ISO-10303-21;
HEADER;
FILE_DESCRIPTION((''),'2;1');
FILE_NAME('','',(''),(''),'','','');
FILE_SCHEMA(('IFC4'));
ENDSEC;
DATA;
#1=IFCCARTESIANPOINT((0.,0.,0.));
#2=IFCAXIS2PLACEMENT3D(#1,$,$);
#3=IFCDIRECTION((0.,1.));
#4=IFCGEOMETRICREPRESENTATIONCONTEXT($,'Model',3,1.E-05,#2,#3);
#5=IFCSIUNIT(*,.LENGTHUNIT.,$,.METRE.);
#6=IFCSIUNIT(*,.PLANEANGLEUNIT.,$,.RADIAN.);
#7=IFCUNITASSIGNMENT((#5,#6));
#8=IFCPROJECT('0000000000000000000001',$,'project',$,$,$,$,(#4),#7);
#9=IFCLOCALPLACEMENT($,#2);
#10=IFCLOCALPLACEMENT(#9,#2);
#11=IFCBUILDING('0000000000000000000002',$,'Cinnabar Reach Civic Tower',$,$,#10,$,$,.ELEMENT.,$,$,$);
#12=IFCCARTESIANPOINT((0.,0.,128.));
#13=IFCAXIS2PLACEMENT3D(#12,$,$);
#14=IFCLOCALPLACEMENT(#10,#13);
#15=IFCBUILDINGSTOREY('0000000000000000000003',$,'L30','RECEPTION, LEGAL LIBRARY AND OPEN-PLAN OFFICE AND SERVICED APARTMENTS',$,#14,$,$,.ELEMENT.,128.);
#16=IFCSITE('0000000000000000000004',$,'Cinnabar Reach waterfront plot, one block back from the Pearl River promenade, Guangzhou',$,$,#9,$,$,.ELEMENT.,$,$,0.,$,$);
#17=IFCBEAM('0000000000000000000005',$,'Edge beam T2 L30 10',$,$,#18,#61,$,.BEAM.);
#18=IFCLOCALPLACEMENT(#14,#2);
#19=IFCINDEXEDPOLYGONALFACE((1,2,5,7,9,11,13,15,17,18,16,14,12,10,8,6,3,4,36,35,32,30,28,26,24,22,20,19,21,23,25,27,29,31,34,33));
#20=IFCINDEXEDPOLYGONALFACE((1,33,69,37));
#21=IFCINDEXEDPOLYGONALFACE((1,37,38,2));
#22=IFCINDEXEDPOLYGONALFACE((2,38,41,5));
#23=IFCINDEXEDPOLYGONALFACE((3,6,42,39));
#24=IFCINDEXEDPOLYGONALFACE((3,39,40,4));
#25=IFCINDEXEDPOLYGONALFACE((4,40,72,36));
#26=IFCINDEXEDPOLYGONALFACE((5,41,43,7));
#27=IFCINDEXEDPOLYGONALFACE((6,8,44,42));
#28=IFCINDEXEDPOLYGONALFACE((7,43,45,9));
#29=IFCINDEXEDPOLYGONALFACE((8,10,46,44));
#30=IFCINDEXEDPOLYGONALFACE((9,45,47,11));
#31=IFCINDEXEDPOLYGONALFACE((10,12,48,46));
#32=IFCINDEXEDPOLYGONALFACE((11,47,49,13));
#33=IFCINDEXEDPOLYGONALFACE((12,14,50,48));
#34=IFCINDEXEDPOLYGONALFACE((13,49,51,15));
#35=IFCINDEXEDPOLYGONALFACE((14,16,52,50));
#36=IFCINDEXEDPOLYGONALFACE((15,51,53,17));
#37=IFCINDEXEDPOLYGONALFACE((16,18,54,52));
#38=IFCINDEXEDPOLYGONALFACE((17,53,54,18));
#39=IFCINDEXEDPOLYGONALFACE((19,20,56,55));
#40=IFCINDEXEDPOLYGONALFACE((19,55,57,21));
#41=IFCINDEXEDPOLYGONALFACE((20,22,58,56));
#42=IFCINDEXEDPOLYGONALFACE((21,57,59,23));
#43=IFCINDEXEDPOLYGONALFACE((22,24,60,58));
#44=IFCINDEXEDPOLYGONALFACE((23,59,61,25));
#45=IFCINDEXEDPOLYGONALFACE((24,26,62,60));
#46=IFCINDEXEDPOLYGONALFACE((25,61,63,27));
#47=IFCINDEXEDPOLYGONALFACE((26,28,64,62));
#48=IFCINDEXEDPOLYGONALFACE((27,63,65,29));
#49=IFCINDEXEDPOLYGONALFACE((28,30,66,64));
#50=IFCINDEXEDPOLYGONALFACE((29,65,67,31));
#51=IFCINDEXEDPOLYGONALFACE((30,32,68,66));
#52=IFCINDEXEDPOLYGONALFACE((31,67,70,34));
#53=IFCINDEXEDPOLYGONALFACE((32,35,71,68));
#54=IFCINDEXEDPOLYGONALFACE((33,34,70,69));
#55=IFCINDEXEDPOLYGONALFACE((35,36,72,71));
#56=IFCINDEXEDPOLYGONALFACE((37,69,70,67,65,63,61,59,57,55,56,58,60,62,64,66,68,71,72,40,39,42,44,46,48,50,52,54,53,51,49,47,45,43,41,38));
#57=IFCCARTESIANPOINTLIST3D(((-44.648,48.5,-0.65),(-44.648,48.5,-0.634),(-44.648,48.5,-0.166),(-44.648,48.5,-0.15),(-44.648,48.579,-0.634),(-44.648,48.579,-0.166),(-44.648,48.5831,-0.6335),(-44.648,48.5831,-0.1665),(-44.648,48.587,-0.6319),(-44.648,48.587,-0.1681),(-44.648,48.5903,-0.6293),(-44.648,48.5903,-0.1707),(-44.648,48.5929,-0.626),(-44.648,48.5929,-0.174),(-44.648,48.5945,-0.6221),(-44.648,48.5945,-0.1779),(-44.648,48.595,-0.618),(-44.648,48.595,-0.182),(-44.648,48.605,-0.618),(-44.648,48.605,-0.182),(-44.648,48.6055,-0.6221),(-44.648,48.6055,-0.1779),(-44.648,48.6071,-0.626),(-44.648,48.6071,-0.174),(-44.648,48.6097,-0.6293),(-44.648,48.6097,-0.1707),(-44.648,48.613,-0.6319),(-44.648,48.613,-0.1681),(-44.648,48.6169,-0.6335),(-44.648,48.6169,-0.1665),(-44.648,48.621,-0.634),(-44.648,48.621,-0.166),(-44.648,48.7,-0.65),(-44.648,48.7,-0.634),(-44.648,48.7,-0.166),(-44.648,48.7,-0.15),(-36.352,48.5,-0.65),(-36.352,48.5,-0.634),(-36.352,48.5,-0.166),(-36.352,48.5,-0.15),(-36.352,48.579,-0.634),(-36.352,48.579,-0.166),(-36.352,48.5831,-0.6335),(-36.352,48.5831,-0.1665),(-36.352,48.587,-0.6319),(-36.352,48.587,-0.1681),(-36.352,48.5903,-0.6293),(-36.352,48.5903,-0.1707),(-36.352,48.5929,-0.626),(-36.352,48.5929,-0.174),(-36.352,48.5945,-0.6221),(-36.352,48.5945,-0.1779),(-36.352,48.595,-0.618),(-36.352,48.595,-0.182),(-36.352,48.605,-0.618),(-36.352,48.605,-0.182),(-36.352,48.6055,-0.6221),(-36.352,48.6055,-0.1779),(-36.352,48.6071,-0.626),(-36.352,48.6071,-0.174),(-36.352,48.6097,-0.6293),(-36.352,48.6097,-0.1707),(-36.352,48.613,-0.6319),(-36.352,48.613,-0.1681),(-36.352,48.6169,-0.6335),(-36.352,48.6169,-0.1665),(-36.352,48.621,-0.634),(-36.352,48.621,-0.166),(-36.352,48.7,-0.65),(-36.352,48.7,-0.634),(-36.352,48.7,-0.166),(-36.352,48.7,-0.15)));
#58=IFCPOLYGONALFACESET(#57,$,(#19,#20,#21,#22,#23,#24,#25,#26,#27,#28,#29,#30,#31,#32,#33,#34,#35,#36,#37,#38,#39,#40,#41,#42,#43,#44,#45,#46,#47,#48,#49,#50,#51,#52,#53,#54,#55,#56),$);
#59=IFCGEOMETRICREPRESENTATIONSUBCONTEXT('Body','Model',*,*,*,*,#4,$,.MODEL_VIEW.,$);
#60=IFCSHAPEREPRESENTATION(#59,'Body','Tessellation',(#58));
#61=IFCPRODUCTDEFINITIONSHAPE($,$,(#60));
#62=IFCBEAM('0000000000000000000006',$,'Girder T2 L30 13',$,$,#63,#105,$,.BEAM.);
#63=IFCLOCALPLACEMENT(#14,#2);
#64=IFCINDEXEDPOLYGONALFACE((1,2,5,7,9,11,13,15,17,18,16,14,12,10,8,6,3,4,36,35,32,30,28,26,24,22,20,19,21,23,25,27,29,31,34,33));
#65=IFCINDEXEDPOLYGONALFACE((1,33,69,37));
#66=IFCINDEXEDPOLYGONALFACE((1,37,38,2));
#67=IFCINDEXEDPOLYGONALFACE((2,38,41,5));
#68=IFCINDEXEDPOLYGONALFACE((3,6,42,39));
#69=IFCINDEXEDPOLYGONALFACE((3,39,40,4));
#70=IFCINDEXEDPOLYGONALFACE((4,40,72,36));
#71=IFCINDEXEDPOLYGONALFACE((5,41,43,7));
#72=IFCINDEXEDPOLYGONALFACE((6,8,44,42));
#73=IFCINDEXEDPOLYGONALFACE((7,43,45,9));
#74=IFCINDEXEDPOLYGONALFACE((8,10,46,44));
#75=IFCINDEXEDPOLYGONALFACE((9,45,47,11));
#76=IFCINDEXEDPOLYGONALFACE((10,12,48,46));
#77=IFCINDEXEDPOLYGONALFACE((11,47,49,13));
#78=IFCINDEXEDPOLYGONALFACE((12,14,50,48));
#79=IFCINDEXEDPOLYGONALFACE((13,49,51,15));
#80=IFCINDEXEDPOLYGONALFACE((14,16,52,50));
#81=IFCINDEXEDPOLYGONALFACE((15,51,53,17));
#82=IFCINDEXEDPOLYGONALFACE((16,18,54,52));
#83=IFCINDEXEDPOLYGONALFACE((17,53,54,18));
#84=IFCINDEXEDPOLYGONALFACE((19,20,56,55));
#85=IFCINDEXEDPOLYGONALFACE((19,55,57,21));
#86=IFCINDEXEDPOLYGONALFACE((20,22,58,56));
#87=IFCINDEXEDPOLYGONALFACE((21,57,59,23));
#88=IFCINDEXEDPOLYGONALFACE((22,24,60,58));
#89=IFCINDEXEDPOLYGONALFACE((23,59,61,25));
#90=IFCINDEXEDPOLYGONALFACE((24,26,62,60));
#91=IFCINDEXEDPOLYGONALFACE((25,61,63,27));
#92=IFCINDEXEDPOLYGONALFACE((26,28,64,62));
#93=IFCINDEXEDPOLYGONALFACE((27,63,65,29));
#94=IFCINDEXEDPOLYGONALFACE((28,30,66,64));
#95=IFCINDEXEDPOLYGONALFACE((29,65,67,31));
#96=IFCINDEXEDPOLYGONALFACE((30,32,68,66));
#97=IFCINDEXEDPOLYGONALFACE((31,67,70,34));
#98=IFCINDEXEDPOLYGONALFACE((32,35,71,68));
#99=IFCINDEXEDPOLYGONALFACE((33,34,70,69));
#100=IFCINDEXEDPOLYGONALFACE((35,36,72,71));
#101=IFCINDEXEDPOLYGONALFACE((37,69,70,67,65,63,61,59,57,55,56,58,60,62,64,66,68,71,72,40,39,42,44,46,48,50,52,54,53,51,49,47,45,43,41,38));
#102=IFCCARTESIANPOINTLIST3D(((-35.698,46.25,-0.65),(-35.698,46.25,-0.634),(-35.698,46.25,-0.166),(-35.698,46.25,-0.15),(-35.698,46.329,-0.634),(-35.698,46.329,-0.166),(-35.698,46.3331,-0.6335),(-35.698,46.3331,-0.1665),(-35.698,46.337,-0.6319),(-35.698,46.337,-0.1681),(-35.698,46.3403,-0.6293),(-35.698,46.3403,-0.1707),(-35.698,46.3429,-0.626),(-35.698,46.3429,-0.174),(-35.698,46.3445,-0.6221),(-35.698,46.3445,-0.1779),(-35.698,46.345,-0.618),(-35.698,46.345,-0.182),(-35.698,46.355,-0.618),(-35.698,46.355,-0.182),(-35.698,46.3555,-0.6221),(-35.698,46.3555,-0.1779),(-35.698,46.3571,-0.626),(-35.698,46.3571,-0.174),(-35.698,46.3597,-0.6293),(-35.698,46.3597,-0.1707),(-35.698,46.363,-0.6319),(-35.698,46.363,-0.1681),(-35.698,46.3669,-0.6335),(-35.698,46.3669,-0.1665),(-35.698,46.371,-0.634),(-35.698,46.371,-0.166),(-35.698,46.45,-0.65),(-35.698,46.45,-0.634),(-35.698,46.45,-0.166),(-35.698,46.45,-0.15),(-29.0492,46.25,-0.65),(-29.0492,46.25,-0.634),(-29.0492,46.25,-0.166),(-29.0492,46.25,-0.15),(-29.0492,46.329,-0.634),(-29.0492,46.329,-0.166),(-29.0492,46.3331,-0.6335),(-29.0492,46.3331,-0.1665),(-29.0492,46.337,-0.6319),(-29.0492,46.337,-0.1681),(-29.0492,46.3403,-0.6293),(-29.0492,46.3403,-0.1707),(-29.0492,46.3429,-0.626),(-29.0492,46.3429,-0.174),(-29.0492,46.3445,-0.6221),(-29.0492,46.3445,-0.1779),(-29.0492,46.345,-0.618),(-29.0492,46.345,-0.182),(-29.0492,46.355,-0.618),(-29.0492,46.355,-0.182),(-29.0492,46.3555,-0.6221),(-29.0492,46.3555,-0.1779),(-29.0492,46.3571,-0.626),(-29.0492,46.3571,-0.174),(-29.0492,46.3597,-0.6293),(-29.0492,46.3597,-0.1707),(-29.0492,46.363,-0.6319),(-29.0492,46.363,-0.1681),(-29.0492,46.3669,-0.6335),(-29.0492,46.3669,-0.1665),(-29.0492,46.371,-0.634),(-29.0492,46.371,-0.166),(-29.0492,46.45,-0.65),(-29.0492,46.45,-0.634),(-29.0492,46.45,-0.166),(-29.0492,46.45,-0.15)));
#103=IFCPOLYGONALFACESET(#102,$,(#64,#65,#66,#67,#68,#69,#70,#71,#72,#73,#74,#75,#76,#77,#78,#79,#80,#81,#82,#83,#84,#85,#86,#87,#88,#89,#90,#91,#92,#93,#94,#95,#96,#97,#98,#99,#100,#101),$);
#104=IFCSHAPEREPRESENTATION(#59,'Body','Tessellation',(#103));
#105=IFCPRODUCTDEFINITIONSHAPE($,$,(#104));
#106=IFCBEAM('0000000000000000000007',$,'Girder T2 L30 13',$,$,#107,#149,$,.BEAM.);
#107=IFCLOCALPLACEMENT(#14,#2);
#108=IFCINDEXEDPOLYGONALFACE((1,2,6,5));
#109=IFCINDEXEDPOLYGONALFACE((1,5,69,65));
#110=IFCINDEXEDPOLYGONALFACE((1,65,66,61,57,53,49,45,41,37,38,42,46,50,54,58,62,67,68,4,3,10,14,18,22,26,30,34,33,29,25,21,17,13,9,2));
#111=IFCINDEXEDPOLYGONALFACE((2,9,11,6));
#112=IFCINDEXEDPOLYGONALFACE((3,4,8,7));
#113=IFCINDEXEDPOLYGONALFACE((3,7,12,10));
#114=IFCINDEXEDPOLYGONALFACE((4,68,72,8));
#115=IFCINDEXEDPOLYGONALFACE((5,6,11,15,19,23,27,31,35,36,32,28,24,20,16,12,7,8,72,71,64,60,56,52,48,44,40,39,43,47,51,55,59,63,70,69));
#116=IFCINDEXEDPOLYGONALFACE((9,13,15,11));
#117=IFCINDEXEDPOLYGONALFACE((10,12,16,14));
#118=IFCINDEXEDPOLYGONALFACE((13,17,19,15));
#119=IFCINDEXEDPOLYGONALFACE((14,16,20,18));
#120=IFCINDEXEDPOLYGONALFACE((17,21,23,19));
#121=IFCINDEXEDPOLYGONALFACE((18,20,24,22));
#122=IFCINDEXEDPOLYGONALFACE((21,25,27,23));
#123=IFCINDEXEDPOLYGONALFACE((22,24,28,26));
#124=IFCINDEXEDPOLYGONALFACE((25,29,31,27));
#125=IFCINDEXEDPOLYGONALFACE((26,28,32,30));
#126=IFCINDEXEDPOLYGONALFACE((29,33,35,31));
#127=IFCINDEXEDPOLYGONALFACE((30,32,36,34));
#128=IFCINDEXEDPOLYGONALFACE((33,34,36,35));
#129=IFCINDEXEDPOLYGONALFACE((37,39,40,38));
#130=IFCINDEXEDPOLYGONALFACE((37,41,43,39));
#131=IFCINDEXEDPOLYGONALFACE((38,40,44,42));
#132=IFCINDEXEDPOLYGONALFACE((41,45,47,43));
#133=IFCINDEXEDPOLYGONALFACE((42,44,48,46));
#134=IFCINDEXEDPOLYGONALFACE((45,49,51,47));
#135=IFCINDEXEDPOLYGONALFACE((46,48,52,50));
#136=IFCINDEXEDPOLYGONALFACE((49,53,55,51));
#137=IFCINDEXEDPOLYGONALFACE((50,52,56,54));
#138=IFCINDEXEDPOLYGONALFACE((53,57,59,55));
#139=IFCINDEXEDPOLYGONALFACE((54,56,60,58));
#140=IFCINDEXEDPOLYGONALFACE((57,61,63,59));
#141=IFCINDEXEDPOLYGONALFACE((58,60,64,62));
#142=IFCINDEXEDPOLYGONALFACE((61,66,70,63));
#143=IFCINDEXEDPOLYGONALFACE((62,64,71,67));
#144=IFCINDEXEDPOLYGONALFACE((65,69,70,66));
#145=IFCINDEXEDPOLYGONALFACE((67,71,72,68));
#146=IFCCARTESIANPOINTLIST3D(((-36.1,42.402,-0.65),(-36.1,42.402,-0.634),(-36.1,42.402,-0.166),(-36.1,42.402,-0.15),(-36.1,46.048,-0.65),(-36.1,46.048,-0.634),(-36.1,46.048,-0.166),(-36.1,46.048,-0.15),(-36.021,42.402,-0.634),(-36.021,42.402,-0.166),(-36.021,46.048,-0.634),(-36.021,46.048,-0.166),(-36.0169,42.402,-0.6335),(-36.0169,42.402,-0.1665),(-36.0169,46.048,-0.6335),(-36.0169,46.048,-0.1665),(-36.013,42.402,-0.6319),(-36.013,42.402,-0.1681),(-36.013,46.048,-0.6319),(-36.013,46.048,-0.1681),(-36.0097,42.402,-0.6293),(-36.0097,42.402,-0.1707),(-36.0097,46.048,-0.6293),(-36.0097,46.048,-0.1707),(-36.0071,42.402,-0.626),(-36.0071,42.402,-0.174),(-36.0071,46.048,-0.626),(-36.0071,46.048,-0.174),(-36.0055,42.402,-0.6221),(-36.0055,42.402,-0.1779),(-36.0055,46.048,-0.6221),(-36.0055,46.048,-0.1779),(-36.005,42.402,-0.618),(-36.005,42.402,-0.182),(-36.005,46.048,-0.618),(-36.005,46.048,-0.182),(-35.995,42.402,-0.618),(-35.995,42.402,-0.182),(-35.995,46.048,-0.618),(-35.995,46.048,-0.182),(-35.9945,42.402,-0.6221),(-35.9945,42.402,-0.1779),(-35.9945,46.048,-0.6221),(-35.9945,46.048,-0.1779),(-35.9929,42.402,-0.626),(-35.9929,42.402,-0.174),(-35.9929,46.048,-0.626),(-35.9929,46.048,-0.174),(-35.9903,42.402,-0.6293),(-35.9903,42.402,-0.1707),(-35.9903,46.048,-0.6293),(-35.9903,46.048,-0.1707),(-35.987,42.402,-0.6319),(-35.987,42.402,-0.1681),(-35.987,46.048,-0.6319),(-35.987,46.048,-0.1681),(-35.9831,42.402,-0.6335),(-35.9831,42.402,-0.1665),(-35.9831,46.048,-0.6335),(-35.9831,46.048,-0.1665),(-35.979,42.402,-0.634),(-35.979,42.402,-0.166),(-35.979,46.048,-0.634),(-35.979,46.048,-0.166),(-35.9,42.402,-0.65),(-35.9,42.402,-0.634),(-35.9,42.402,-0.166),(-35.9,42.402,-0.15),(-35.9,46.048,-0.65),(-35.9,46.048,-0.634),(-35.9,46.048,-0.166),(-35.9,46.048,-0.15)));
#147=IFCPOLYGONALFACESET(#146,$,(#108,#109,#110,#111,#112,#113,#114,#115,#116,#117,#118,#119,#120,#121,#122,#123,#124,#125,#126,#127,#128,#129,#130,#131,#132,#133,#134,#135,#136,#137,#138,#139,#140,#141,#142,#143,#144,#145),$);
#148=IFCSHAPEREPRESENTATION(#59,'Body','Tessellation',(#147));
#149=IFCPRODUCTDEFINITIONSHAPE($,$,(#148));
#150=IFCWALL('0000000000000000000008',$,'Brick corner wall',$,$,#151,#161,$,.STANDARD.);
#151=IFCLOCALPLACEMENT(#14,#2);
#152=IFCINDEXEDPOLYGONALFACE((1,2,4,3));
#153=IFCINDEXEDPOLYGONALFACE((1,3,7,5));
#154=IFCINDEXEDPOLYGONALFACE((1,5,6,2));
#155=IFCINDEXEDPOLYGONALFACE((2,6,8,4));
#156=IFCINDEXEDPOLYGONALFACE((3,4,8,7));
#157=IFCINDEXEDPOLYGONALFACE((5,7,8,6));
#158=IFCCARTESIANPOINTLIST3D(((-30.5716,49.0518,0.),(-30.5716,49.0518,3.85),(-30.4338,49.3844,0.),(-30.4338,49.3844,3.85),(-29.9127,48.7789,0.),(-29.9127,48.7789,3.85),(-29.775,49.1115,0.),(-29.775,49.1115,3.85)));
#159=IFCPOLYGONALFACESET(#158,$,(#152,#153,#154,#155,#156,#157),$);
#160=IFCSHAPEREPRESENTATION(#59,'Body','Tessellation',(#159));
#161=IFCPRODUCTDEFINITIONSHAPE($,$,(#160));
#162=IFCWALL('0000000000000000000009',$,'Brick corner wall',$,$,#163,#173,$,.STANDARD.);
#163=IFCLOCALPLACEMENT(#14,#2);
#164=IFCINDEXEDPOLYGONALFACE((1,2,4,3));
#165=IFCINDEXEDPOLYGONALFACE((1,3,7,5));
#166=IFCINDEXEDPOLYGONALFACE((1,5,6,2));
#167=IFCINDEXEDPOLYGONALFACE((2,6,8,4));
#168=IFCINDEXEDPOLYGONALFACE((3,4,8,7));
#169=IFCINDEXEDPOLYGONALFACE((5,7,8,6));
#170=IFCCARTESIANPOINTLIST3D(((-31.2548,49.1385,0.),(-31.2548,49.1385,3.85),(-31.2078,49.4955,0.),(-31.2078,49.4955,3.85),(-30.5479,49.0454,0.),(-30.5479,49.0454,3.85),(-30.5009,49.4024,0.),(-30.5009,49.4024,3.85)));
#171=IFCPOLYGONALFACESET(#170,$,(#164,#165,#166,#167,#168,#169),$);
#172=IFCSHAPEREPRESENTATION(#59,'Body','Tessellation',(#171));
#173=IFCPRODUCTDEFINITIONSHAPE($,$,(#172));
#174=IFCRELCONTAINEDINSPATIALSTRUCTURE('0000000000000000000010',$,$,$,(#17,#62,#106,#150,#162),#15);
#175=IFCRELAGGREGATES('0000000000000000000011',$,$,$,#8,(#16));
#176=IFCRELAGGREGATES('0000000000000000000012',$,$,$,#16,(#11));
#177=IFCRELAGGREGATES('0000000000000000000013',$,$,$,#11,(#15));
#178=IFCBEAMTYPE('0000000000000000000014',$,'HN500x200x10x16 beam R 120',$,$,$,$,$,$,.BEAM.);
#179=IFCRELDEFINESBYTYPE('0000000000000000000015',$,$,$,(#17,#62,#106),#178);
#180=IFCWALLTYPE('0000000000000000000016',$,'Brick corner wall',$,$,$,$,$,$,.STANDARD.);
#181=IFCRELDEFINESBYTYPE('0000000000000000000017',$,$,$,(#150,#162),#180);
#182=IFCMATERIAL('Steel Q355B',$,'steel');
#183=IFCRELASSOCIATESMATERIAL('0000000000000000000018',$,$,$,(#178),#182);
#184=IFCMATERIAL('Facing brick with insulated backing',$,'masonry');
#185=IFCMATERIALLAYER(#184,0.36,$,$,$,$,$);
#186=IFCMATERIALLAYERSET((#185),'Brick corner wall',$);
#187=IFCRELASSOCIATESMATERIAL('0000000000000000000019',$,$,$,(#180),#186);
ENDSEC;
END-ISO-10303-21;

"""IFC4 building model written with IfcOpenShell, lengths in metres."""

from ifc_helpers import new_model, si_unit, direction, frame, frame_2d, origin, origin_2d, place, context, subcontext, project, spatial, rectangle, i_section, extrude, material, layer, layer_set, material_profile, profile_set, type_object, element, save


model = new_model("IFC4")

# Units and contexts
model_context = context("Model", 3, precision=1e-05, world=origin(), true_north=direction((0.0, 1.0)))
body_context = subcontext(model_context, "Body", "Model", "MODEL_VIEW")
ifc_project = project(units=[si_unit("LENGTHUNIT", "METRE"), si_unit("PLANEANGLEUNIT", "RADIAN")], contexts=[model_context])

# Site, building, storey
site_placement = place(None, origin())
site = spatial("IfcSite", under=ifc_project, at=site_placement, Name="Cinnabar Reach waterfront plot, one block back from the Pearl River promenade, Guangzhou", CompositionType="ELEMENT", RefElevation=0.0)
building_placement = place(site_placement, origin())
building = spatial("IfcBuilding", under=site, at=building_placement, Name="Cinnabar Reach Civic Tower", CompositionType="ELEMENT")
storey_placement = place(building_placement, frame((0.0, 0.0, 128.0)))
storey = spatial("IfcBuildingStorey", under=building, at=storey_placement, Name="L30", Description="RECEPTION, LEGAL LIBRARY AND OPEN-PLAN OFFICE AND SERVICED APARTMENTS", CompositionType="ELEMENT", Elevation=128.0)

# Beams
ifc_material_1 = material(Name="Steel Q355B", Category="steel")
ifc_material_profile_1 = material_profile(ifc_material_1, i_section(OverallWidth=0.2, OverallDepth=0.5, WebThickness=0.01, FlangeThickness=0.016, FilletRadius=0.016, at=origin_2d()), Name="HN500x200x10x16")
ifc_profile_set_1 = profile_set([ifc_material_profile_1], Name="Steel Q355B")
beam_type_1 = type_object("IfcBeamType", Name="HN500x200x10x16 beam R 120", PredefinedType="BEAM", material=ifc_profile_set_1)
beam_1_placement = place(storey_placement, frame((-36.352, 48.6, -0.4), z_axis=(-1.0, 0.0, 0.0), x_axis=(0.0, -1.0, 0.0)))
element("IfcBeam", 1, at=beam_1_placement, inside=storey, type_object=beam_type_1, Name="Edge beam T2 L30 10", PredefinedType="BEAM", context=body_context, shape_type="SweptSolid", body=[
    extrude(i_section(OverallWidth=0.2, OverallDepth=0.5, WebThickness=0.01, FlangeThickness=0.016, FilletRadius=0.016, at=origin_2d()), origin(), (0.0, 0.0, 1.0), 8.296),
])
beam_2_placement = place(storey_placement, frame((-35.698, 46.35, -0.4), z_axis=(1.0, 0.0, 0.0), x_axis=(0.0, 1.0, 0.0)))
element("IfcBeam", 2, at=beam_2_placement, inside=storey, type_object=beam_type_1, Name="Girder T2 L30 13", PredefinedType="BEAM", context=body_context, shape_type="SweptSolid", body=[
    extrude(i_section(OverallWidth=0.2, OverallDepth=0.5, WebThickness=0.01, FlangeThickness=0.016, FilletRadius=0.016, at=origin_2d()), origin(), (0.0, 0.0, 1.0), 6.6488),
])
beam_3_placement = place(storey_placement, frame((-36.0, 42.402, -0.4), z_axis=(0.0, 1.0, 0.0), x_axis=(-1.0, 0.0, 0.0)))
element("IfcBeam", 3, at=beam_3_placement, inside=storey, type_object=beam_type_1, Name="Girder T2 L30 13", PredefinedType="BEAM", context=body_context, shape_type="SweptSolid", body=[
    extrude(i_section(OverallWidth=0.2, OverallDepth=0.5, WebThickness=0.01, FlangeThickness=0.016, FilletRadius=0.016, at=origin_2d()), origin(), (0.0, 0.0, 1.0), 3.646),
])

# Walls
ifc_material_2 = material(Name="Facing brick with insulated backing", Category="masonry")
ifc_layer_1 = layer(ifc_material_2, 0.36)
ifc_layer_set_1 = layer_set([ifc_layer_1], Name="Brick corner wall")
wall_type_1 = type_object("IfcWallType", Name="Brick corner wall", PredefinedType="STANDARD", material=ifc_layer_set_1)
for number, where, z_axis, x_axis, name in (
    (4, (-29.8439, 48.9452, 0.0), (0.0, 0.0, 1.0), (-0.923872, 0.382703, 0.0), "Brick corner wall"),
    (5, (-30.5244, 49.2239, 0.0), (0.0, 0.0, 1.0), (-0.991441, 0.130556, 0.0), "Brick corner wall"),
):
    element("IfcWall", number, at=place(storey_placement, frame(where, z_axis=z_axis, x_axis=x_axis)), inside=storey, type_object=wall_type_1, Name=name, PredefinedType="STANDARD", context=body_context, shape_type="SweptSolid", body=[
        extrude(rectangle(XDim=0.7131, YDim=0.36, at=frame_2d((0.3565, 0.0))), origin(), (0.0, 0.0, 1.0), 3.85),
    ])

save(model, "model.ifc")
